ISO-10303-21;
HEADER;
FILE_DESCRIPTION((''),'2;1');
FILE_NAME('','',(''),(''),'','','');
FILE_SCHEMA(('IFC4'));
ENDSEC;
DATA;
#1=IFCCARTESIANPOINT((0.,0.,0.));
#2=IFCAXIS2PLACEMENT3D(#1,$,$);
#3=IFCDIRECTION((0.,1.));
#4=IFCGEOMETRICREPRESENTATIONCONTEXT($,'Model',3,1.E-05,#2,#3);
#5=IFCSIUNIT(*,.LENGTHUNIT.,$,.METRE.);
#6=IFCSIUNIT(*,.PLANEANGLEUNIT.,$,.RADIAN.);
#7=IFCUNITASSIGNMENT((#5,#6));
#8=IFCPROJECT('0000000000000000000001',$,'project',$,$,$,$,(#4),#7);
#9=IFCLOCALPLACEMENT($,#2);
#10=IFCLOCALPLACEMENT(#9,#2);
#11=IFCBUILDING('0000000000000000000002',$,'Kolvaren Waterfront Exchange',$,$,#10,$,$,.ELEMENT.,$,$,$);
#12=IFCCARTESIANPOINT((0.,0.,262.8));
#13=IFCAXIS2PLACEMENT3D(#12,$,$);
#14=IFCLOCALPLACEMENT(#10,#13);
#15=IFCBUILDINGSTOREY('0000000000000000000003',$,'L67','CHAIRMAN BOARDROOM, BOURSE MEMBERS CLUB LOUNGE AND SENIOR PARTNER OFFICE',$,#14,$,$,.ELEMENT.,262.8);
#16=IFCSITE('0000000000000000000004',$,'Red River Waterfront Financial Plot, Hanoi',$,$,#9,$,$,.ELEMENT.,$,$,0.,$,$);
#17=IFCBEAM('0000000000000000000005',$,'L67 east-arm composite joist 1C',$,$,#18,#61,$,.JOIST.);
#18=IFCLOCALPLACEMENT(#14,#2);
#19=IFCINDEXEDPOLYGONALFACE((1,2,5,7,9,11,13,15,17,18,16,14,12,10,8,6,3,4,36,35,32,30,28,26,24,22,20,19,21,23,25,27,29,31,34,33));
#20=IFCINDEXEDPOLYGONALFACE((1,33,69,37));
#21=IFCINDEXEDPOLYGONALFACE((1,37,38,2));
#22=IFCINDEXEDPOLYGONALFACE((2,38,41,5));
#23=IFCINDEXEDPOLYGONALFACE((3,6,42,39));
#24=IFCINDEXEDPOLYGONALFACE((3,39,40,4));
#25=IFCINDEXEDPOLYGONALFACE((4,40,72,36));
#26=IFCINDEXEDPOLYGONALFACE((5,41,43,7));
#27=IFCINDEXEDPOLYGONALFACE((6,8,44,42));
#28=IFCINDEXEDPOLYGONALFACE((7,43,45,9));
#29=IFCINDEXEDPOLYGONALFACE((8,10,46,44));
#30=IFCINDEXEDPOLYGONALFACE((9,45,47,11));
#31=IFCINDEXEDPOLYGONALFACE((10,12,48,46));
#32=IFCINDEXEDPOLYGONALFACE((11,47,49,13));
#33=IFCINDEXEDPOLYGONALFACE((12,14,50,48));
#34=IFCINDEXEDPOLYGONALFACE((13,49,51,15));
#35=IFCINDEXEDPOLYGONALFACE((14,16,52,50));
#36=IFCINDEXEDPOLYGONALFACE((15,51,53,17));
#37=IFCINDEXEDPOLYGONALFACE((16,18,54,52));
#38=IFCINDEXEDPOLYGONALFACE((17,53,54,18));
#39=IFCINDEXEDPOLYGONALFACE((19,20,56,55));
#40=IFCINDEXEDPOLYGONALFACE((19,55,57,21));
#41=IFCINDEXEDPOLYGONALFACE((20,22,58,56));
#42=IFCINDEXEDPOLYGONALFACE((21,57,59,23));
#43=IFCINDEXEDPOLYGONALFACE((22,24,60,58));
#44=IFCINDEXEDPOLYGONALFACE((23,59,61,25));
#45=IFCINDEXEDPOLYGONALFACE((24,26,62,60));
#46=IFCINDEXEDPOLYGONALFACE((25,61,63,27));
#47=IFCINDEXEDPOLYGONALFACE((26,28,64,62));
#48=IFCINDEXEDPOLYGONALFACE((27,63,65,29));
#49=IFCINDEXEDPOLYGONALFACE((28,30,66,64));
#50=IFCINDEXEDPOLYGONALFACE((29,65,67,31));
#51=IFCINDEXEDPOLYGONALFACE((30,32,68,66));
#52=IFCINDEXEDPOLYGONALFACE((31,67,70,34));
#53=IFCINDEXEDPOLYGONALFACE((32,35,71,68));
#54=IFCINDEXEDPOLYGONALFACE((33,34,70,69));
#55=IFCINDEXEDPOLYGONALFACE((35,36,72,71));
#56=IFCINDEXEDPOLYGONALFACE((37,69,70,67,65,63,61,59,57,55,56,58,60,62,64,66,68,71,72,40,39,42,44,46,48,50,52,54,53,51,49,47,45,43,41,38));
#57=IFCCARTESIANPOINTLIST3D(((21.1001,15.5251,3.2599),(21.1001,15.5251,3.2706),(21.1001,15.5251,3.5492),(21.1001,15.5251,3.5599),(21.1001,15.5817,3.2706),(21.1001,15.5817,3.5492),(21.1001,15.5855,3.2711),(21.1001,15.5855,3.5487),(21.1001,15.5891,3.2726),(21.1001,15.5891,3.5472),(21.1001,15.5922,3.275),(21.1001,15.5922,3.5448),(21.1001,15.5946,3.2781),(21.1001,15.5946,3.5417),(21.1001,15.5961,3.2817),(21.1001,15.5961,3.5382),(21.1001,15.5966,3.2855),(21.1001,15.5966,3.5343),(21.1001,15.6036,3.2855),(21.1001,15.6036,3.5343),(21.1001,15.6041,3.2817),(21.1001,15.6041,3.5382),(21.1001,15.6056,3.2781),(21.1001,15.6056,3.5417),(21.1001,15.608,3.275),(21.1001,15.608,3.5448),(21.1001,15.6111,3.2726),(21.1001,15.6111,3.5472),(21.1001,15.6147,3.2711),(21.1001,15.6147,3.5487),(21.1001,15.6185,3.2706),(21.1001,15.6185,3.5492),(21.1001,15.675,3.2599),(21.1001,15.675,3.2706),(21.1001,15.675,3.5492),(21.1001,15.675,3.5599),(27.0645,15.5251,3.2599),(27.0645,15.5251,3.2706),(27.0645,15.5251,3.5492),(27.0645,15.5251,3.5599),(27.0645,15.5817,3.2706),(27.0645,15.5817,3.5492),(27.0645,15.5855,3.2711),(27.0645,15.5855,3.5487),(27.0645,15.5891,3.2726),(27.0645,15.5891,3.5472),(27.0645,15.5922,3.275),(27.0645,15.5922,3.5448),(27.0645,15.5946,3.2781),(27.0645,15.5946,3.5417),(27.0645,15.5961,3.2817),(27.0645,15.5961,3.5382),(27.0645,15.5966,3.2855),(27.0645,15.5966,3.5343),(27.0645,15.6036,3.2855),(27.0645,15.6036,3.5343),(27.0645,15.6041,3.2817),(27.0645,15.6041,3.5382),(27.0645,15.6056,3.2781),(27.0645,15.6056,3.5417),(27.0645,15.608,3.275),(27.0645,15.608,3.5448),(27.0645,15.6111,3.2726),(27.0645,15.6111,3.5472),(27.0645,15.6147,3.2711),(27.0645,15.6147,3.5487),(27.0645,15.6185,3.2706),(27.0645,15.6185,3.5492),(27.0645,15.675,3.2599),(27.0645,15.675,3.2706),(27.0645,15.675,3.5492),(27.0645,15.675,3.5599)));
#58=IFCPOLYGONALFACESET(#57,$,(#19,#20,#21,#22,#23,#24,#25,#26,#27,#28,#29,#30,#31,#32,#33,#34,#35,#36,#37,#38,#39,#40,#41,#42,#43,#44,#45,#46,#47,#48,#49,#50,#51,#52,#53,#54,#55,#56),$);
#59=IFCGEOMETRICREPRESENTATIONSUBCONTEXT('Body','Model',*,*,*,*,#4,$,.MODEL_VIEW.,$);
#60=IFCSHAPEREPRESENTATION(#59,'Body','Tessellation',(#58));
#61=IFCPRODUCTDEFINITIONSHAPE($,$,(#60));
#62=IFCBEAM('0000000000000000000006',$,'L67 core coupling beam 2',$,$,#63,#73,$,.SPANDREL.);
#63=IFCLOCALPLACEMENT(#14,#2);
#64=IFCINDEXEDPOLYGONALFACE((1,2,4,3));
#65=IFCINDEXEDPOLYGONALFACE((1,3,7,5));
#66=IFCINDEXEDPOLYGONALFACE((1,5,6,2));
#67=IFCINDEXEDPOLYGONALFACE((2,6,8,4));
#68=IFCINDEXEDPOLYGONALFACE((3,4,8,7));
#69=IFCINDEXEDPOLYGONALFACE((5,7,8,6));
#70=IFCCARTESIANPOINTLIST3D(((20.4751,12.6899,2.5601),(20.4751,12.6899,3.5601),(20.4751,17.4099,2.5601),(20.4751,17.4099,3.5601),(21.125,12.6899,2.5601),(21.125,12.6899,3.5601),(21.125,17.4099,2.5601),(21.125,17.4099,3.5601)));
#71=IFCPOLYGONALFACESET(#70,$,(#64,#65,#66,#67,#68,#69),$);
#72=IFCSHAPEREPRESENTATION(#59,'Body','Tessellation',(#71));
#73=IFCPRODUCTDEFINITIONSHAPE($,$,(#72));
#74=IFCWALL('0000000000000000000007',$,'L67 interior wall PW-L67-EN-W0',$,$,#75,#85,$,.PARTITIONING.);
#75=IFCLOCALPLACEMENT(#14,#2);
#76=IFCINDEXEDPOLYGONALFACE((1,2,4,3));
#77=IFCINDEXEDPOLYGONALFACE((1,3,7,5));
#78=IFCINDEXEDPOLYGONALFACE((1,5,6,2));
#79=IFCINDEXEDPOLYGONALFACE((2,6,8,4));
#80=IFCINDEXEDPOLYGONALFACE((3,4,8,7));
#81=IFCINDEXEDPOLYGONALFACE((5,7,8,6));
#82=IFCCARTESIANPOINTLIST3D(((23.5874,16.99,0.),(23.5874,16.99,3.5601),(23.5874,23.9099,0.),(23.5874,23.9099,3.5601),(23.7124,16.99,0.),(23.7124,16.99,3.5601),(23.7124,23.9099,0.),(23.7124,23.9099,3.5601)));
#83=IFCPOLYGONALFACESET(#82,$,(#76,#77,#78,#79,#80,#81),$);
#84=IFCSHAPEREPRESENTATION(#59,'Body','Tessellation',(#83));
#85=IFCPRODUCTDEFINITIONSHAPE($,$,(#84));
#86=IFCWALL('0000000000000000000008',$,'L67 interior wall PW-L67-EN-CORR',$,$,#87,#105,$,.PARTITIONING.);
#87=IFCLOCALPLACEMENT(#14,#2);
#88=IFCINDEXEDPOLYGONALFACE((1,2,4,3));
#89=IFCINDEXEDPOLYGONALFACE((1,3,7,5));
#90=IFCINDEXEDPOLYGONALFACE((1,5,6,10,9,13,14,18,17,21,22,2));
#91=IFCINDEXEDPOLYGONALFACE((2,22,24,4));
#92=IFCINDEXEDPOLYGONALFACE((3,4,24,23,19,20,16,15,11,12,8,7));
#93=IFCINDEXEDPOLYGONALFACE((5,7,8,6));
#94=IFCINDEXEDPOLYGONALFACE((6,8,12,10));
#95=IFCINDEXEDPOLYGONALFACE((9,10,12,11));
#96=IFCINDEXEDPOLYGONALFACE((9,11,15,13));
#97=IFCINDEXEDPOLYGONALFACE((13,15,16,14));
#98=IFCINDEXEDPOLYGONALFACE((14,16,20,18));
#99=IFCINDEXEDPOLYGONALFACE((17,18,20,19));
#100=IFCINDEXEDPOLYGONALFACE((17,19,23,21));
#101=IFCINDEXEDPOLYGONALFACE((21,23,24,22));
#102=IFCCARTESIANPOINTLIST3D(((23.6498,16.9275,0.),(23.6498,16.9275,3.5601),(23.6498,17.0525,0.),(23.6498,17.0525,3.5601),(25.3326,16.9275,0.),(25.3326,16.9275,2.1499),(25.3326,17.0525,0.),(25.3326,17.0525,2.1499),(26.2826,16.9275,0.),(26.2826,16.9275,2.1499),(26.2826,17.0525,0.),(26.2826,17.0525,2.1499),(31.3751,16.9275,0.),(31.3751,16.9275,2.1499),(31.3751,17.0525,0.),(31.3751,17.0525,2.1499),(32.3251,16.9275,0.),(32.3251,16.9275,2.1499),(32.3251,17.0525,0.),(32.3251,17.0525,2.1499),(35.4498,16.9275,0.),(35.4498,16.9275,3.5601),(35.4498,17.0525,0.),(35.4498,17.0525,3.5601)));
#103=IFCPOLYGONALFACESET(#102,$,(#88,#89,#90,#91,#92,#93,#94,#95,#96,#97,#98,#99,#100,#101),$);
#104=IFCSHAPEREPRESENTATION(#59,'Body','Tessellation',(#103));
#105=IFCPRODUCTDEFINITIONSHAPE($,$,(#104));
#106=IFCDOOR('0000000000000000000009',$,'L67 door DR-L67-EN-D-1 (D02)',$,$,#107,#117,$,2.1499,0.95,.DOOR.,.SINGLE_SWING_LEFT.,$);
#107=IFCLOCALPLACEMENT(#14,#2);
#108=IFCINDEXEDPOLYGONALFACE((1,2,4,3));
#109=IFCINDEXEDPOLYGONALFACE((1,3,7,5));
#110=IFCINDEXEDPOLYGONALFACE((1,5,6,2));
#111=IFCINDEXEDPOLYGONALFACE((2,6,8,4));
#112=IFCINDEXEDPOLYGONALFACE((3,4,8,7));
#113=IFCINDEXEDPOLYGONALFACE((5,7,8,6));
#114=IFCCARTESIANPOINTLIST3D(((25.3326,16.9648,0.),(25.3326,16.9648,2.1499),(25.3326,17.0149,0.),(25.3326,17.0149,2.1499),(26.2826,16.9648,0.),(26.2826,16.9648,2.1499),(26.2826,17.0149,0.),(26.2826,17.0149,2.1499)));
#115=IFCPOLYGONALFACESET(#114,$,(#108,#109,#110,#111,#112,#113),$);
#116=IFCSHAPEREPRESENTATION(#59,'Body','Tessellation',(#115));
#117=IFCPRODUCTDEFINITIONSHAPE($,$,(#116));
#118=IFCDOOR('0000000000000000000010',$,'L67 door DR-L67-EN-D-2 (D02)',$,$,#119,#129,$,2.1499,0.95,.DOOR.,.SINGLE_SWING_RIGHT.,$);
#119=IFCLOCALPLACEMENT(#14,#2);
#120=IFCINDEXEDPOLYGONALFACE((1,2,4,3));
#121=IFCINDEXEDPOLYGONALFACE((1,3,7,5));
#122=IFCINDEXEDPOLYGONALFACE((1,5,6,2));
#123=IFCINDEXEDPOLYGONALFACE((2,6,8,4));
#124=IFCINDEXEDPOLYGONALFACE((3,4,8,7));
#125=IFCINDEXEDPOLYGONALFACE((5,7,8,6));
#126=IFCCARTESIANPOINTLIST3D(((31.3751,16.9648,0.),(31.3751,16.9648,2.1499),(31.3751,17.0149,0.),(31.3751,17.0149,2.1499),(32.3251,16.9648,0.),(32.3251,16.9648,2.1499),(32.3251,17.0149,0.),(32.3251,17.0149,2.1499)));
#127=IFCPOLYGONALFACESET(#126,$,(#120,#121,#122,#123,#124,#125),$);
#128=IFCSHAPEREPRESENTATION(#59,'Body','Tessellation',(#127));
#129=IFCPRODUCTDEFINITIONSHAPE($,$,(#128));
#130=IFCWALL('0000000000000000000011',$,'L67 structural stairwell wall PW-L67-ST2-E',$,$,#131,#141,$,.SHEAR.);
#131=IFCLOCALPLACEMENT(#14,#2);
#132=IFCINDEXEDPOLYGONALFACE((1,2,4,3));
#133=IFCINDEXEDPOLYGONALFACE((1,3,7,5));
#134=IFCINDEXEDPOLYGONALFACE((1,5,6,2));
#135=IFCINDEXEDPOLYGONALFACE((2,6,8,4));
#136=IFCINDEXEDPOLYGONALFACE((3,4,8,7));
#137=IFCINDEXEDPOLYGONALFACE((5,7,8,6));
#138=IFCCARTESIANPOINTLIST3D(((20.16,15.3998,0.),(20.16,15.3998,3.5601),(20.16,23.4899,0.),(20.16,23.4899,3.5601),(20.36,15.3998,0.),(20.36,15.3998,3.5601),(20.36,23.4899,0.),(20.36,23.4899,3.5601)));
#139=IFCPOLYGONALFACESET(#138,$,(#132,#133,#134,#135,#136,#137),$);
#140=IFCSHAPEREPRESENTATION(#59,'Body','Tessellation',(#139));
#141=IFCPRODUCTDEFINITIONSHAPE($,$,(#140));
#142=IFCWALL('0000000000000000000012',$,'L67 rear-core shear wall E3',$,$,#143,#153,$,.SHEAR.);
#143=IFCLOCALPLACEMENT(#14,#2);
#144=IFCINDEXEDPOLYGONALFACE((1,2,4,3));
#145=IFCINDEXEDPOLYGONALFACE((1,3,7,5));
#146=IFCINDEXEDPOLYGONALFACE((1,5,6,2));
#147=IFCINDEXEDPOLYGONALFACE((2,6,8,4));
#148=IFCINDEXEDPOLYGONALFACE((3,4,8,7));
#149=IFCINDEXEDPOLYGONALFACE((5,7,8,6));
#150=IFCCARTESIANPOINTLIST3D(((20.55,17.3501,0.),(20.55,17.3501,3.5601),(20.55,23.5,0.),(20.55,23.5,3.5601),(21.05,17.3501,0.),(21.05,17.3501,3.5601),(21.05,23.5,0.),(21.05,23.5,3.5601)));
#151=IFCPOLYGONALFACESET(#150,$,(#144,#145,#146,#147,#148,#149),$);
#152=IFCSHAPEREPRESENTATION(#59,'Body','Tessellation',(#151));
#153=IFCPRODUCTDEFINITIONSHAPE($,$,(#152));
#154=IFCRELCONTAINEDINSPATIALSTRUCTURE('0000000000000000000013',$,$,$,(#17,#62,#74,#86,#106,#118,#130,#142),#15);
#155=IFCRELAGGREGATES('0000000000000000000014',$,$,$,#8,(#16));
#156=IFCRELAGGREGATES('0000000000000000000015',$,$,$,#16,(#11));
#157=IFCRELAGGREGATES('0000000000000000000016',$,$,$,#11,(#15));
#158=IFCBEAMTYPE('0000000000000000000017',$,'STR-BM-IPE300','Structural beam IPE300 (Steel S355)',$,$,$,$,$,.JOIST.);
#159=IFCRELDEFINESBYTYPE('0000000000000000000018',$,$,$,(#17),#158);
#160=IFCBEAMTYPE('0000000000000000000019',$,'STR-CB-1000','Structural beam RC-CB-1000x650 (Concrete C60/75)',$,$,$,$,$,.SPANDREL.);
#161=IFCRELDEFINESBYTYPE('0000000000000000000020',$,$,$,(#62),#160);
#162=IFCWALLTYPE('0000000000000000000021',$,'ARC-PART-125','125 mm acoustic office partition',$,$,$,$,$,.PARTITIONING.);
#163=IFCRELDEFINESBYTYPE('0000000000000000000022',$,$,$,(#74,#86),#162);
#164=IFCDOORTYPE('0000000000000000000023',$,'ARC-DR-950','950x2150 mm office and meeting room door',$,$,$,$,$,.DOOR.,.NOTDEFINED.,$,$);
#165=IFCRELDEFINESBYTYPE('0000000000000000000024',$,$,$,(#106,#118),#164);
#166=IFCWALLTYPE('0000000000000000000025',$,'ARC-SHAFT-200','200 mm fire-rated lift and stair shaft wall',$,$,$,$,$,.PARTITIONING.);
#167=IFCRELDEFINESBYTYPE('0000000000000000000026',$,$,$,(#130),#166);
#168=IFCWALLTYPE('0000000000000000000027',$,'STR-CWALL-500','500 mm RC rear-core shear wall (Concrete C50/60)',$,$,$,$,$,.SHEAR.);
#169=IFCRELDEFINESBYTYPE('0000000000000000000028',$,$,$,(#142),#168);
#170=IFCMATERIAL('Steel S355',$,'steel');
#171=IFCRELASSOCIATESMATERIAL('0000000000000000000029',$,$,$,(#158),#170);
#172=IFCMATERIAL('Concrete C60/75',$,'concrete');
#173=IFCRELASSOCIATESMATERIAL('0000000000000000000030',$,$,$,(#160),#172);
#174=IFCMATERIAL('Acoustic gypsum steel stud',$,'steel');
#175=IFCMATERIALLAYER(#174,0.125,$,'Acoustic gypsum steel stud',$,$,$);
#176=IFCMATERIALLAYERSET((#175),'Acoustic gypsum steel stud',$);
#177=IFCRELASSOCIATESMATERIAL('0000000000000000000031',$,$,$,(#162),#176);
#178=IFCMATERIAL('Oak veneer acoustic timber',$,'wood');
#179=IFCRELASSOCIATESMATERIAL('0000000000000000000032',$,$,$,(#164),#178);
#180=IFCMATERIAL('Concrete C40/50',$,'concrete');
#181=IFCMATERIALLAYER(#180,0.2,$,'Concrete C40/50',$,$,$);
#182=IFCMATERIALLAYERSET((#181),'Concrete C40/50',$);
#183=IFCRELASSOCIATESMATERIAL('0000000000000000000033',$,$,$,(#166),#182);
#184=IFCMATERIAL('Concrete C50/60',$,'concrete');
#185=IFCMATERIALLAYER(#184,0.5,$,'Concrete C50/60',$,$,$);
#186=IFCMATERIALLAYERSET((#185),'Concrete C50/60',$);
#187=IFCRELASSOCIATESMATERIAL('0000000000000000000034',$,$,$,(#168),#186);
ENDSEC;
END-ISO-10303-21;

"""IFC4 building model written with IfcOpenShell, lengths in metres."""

from ifc_helpers import new_model, si_unit, direction, frame, frame_2d, origin, origin_2d, place, context, subcontext, project, spatial, rectangle, i_section, extrude, material, layer, layer_set, material_profile, profile_set, type_object, element, fill, save


model = new_model("IFC4")

# Units and contexts
model_context = context("Model", 3, precision=1e-05, world=origin(), true_north=direction((0.0, 1.0)))
body_context = subcontext(model_context, "Body", "Model", "MODEL_VIEW")
ifc_project = project(units=[si_unit("LENGTHUNIT", "METRE"), si_unit("PLANEANGLEUNIT", "RADIAN")], contexts=[model_context])

# Site, building, storey
site_placement = place(None, origin())
site = spatial("IfcSite", under=ifc_project, at=site_placement, Name="Red River Waterfront Financial Plot, Hanoi", CompositionType="ELEMENT", RefElevation=0.0)
building_placement = place(site_placement, origin())
building = spatial("IfcBuilding", under=site, at=building_placement, Name="Kolvaren Waterfront Exchange", CompositionType="ELEMENT")
storey_placement = place(building_placement, frame((0.0, 0.0, 262.8)))
storey = spatial("IfcBuildingStorey", under=building, at=storey_placement, Name="L67", Description="CHAIRMAN BOARDROOM, BOURSE MEMBERS CLUB LOUNGE AND SENIOR PARTNER OFFICE", CompositionType="ELEMENT", Elevation=262.8)

# Shared definitions
ifc_material_1 = material(Name="Concrete C50/60", Category="concrete")

# Beams
ifc_material_2 = material(Name="Steel S355", Category="steel")
ifc_material_profile_1 = material_profile(ifc_material_2, i_section(OverallWidth=0.1499, OverallDepth=0.3, WebThickness=0.0071, FlangeThickness=0.0107, FilletRadius=0.0149, at=origin_2d()), Name="IPE300")
ifc_profile_set_1 = profile_set([ifc_material_profile_1], Name="Steel S355")
beam_type_1 = type_object("IfcBeamType", Name="STR-BM-IPE300", Description="Structural beam IPE300 (Steel S355)", PredefinedType="JOIST", material=ifc_profile_set_1)
for number, where, z_axis, x_axis, name in (
    (1, (21.1001, 15.6001, 3.4099), (1.0, 0.0, 0.0), (0.0, 1.0, 0.0), "L67 east-arm composite joist 1C"),
):
    element("IfcBeam", number, at=place(storey_placement, frame(where, z_axis=z_axis, x_axis=x_axis)), inside=storey, type_object=beam_type_1, Name=name, PredefinedType="JOIST", context=body_context, shape_type="SweptSolid", body=[
        extrude(i_section(OverallWidth=0.1499, OverallDepth=0.3, WebThickness=0.0071, FlangeThickness=0.0107, FilletRadius=0.0149, at=origin_2d()), origin(), (0.0, 0.0, 1.0), 5.9644),
    ])
ifc_material_3 = material(Name="Concrete C60/75", Category="concrete")
ifc_material_profile_2 = material_profile(ifc_material_3, rectangle(XDim=0.6499, YDim=1.0, at=origin_2d()), Name="RC-CB-1000x650")
ifc_profile_set_2 = profile_set([ifc_material_profile_2], Name="Concrete C60/75")
beam_type_2 = type_object("IfcBeamType", Name="STR-CB-1000", Description="Structural beam RC-CB-1000x650 (Concrete C60/75)", PredefinedType="SPANDREL", material=ifc_profile_set_2)
beam_1_placement = place(storey_placement, frame((20.8, 12.6899, 3.0601), z_axis=(0.0, 1.0, 0.0), x_axis=(-1.0, 0.0, 0.0)))
element("IfcBeam", 2, at=beam_1_placement, inside=storey, type_object=beam_type_2, Name="L67 core coupling beam 2", PredefinedType="SPANDREL", context=body_context, shape_type="SweptSolid", body=[
    extrude(rectangle(XDim=0.6499, YDim=1.0, at=origin_2d()), origin(), (0.0, 0.0, 1.0), 4.72),
])

# Shared definitions
ifc_material_4 = material(Name="Acoustic gypsum steel stud", Category="steel")
ifc_layer_1 = layer(ifc_material_4, 0.125, Name="Acoustic gypsum steel stud")
ifc_layer_set_1 = layer_set([ifc_layer_1], Name="Acoustic gypsum steel stud")
wall_type_1 = type_object("IfcWallType", Name="ARC-PART-125", Description="125 mm acoustic office partition", PredefinedType="PARTITIONING", material=ifc_layer_set_1)
ifc_material_5 = material(Name="Oak veneer acoustic timber", Category="wood")
door_type_1 = type_object("IfcDoorType", Name="ARC-DR-950", Description="950x2150 mm office and meeting room door", OperationType="NOTDEFINED", PredefinedType="DOOR", material=ifc_material_5)

# Wall
wall_1_placement = place(storey_placement, frame((23.6499, 16.99, 0.0), z_axis=(0.0, 0.0, 1.0), x_axis=(0.0, 1.0, 0.0)))
element("IfcWall", 3, at=wall_1_placement, inside=storey, type_object=wall_type_1, Name="L67 interior wall PW-L67-EN-W0", PredefinedType="PARTITIONING", context=body_context, shape_type="SweptSolid", body=[
    extrude(rectangle(XDim=6.9199, YDim=0.125, at=frame_2d((3.46, 0.0))), origin(), (0.0, 0.0, 1.0), 3.5601),
])

# Wall, openings, doors
wall_2_placement = place(storey_placement, frame((23.6499, 16.99, 0.0), z_axis=(0.0, 0.0, 1.0), x_axis=(1.0, 0.0, 0.0)))
wall_2 = element("IfcWall", 4, at=wall_2_placement, inside=storey, type_object=wall_type_1, Name="L67 interior wall PW-L67-EN-CORR", PredefinedType="PARTITIONING", context=body_context, shape_type="SweptSolid", body=[
    extrude(rectangle(XDim=11.8, YDim=0.125, at=frame_2d((5.8999, 0.0))), origin(), (0.0, 0.0, 1.0), 3.5601),
])
opening_1_placement = place(wall_2_placement, frame((1.6826, 0.0, 0.0)))
opening_1 = element("IfcOpeningElement", 5, at=opening_1_placement, cuts=wall_2, PredefinedType="OPENING", context=body_context, shape_type="SweptSolid", body=[
    extrude(rectangle(XDim=0.95, YDim=2.1499, at=frame_2d((0.4751, 1.075))), frame((0.0, 0.0725, 0.0), z_axis=(0.0, -1.0, 0.0), x_axis=(1.0, 0.0, 0.0)), (0.0, 0.0, 1.0), 0.145),
])
opening_2_placement = place(wall_2_placement, frame((7.7251, 0.0, 0.0)))
opening_2 = element("IfcOpeningElement", 6, at=opening_2_placement, cuts=wall_2, PredefinedType="OPENING", context=body_context, shape_type="SweptSolid", body=[
    extrude(rectangle(XDim=0.95, YDim=2.1499, at=frame_2d((0.4751, 1.075))), frame((0.0, 0.0725, 0.0), z_axis=(0.0, -1.0, 0.0), x_axis=(1.0, 0.0, 0.0)), (0.0, 0.0, 1.0), 0.145),
])
door_1_placement = place(opening_1_placement, origin())
door_1 = element("IfcDoor", 7, at=door_1_placement, inside=storey, type_object=door_type_1, Name="L67 door DR-L67-EN-D-1 (D02)", OperationType="SINGLE_SWING_LEFT", OverallHeight=2.1499, OverallWidth=0.95, PredefinedType="DOOR", context=body_context, shape_type="SweptSolid", body=[
    extrude(rectangle(XDim=0.95, YDim=2.1499, at=frame_2d((0.4751, 1.075))), frame((0.0, 0.0249, 0.0), z_axis=(0.0, -1.0, 0.0), x_axis=(1.0, 0.0, 0.0)), (0.0, 0.0, 1.0), 0.05),
])
fill(opening_1, door_1)
door_2_placement = place(opening_2_placement, origin())
door_2 = element("IfcDoor", 8, at=door_2_placement, inside=storey, type_object=door_type_1, Name="L67 door DR-L67-EN-D-2 (D02)", OperationType="SINGLE_SWING_RIGHT", OverallHeight=2.1499, OverallWidth=0.95, PredefinedType="DOOR", context=body_context, shape_type="SweptSolid", body=[
    extrude(rectangle(XDim=0.95, YDim=2.1499, at=frame_2d((0.4751, 1.075))), frame((0.0, 0.0249, 0.0), z_axis=(0.0, -1.0, 0.0), x_axis=(1.0, 0.0, 0.0)), (0.0, 0.0, 1.0), 0.05),
])
fill(opening_2, door_2)

# Walls
ifc_material_6 = material(Name="Concrete C40/50", Category="concrete")
ifc_layer_2 = layer(ifc_material_6, 0.2, Name="Concrete C40/50")
ifc_layer_set_2 = layer_set([ifc_layer_2], Name="Concrete C40/50")
wall_type_2 = type_object("IfcWallType", Name="ARC-SHAFT-200", Description="200 mm fire-rated lift and stair shaft wall", PredefinedType="PARTITIONING", material=ifc_layer_set_2)
wall_3_placement = place(storey_placement, frame((20.26, 15.3999, 0.0), z_axis=(0.0, 0.0, 1.0), x_axis=(0.0, 1.0, 0.0)))
element("IfcWall", 9, at=wall_3_placement, inside=storey, type_object=wall_type_2, Name="L67 structural stairwell wall PW-L67-ST2-E", PredefinedType="SHEAR", context=body_context, shape_type="SweptSolid", body=[
    extrude(rectangle(XDim=8.0901, YDim=0.2, at=frame_2d((4.0449, 0.0))), origin(), (0.0, 0.0, 1.0), 3.5601),
])
ifc_layer_3 = layer(ifc_material_1, 0.5, Name="Concrete C50/60")
ifc_layer_set_3 = layer_set([ifc_layer_3], Name="Concrete C50/60")
wall_type_3 = type_object("IfcWallType", Name="STR-CWALL-500", Description="500 mm RC rear-core shear wall (Concrete C50/60)", PredefinedType="SHEAR", material=ifc_layer_set_3)
wall_4_placement = place(storey_placement, frame((20.8, 17.3501, 0.0), z_axis=(0.0, 0.0, 1.0), x_axis=(0.0, 1.0, 0.0)))
element("IfcWall", 10, at=wall_4_placement, inside=storey, type_object=wall_type_3, Name="L67 rear-core shear wall E3", PredefinedType="SHEAR", context=body_context, shape_type="SweptSolid", body=[
    extrude(rectangle(XDim=6.1499, YDim=0.5, at=frame_2d((3.075, 0.0))), origin(), (0.0, 0.0, 1.0), 3.5601),
])

save(model, "model.ifc")
